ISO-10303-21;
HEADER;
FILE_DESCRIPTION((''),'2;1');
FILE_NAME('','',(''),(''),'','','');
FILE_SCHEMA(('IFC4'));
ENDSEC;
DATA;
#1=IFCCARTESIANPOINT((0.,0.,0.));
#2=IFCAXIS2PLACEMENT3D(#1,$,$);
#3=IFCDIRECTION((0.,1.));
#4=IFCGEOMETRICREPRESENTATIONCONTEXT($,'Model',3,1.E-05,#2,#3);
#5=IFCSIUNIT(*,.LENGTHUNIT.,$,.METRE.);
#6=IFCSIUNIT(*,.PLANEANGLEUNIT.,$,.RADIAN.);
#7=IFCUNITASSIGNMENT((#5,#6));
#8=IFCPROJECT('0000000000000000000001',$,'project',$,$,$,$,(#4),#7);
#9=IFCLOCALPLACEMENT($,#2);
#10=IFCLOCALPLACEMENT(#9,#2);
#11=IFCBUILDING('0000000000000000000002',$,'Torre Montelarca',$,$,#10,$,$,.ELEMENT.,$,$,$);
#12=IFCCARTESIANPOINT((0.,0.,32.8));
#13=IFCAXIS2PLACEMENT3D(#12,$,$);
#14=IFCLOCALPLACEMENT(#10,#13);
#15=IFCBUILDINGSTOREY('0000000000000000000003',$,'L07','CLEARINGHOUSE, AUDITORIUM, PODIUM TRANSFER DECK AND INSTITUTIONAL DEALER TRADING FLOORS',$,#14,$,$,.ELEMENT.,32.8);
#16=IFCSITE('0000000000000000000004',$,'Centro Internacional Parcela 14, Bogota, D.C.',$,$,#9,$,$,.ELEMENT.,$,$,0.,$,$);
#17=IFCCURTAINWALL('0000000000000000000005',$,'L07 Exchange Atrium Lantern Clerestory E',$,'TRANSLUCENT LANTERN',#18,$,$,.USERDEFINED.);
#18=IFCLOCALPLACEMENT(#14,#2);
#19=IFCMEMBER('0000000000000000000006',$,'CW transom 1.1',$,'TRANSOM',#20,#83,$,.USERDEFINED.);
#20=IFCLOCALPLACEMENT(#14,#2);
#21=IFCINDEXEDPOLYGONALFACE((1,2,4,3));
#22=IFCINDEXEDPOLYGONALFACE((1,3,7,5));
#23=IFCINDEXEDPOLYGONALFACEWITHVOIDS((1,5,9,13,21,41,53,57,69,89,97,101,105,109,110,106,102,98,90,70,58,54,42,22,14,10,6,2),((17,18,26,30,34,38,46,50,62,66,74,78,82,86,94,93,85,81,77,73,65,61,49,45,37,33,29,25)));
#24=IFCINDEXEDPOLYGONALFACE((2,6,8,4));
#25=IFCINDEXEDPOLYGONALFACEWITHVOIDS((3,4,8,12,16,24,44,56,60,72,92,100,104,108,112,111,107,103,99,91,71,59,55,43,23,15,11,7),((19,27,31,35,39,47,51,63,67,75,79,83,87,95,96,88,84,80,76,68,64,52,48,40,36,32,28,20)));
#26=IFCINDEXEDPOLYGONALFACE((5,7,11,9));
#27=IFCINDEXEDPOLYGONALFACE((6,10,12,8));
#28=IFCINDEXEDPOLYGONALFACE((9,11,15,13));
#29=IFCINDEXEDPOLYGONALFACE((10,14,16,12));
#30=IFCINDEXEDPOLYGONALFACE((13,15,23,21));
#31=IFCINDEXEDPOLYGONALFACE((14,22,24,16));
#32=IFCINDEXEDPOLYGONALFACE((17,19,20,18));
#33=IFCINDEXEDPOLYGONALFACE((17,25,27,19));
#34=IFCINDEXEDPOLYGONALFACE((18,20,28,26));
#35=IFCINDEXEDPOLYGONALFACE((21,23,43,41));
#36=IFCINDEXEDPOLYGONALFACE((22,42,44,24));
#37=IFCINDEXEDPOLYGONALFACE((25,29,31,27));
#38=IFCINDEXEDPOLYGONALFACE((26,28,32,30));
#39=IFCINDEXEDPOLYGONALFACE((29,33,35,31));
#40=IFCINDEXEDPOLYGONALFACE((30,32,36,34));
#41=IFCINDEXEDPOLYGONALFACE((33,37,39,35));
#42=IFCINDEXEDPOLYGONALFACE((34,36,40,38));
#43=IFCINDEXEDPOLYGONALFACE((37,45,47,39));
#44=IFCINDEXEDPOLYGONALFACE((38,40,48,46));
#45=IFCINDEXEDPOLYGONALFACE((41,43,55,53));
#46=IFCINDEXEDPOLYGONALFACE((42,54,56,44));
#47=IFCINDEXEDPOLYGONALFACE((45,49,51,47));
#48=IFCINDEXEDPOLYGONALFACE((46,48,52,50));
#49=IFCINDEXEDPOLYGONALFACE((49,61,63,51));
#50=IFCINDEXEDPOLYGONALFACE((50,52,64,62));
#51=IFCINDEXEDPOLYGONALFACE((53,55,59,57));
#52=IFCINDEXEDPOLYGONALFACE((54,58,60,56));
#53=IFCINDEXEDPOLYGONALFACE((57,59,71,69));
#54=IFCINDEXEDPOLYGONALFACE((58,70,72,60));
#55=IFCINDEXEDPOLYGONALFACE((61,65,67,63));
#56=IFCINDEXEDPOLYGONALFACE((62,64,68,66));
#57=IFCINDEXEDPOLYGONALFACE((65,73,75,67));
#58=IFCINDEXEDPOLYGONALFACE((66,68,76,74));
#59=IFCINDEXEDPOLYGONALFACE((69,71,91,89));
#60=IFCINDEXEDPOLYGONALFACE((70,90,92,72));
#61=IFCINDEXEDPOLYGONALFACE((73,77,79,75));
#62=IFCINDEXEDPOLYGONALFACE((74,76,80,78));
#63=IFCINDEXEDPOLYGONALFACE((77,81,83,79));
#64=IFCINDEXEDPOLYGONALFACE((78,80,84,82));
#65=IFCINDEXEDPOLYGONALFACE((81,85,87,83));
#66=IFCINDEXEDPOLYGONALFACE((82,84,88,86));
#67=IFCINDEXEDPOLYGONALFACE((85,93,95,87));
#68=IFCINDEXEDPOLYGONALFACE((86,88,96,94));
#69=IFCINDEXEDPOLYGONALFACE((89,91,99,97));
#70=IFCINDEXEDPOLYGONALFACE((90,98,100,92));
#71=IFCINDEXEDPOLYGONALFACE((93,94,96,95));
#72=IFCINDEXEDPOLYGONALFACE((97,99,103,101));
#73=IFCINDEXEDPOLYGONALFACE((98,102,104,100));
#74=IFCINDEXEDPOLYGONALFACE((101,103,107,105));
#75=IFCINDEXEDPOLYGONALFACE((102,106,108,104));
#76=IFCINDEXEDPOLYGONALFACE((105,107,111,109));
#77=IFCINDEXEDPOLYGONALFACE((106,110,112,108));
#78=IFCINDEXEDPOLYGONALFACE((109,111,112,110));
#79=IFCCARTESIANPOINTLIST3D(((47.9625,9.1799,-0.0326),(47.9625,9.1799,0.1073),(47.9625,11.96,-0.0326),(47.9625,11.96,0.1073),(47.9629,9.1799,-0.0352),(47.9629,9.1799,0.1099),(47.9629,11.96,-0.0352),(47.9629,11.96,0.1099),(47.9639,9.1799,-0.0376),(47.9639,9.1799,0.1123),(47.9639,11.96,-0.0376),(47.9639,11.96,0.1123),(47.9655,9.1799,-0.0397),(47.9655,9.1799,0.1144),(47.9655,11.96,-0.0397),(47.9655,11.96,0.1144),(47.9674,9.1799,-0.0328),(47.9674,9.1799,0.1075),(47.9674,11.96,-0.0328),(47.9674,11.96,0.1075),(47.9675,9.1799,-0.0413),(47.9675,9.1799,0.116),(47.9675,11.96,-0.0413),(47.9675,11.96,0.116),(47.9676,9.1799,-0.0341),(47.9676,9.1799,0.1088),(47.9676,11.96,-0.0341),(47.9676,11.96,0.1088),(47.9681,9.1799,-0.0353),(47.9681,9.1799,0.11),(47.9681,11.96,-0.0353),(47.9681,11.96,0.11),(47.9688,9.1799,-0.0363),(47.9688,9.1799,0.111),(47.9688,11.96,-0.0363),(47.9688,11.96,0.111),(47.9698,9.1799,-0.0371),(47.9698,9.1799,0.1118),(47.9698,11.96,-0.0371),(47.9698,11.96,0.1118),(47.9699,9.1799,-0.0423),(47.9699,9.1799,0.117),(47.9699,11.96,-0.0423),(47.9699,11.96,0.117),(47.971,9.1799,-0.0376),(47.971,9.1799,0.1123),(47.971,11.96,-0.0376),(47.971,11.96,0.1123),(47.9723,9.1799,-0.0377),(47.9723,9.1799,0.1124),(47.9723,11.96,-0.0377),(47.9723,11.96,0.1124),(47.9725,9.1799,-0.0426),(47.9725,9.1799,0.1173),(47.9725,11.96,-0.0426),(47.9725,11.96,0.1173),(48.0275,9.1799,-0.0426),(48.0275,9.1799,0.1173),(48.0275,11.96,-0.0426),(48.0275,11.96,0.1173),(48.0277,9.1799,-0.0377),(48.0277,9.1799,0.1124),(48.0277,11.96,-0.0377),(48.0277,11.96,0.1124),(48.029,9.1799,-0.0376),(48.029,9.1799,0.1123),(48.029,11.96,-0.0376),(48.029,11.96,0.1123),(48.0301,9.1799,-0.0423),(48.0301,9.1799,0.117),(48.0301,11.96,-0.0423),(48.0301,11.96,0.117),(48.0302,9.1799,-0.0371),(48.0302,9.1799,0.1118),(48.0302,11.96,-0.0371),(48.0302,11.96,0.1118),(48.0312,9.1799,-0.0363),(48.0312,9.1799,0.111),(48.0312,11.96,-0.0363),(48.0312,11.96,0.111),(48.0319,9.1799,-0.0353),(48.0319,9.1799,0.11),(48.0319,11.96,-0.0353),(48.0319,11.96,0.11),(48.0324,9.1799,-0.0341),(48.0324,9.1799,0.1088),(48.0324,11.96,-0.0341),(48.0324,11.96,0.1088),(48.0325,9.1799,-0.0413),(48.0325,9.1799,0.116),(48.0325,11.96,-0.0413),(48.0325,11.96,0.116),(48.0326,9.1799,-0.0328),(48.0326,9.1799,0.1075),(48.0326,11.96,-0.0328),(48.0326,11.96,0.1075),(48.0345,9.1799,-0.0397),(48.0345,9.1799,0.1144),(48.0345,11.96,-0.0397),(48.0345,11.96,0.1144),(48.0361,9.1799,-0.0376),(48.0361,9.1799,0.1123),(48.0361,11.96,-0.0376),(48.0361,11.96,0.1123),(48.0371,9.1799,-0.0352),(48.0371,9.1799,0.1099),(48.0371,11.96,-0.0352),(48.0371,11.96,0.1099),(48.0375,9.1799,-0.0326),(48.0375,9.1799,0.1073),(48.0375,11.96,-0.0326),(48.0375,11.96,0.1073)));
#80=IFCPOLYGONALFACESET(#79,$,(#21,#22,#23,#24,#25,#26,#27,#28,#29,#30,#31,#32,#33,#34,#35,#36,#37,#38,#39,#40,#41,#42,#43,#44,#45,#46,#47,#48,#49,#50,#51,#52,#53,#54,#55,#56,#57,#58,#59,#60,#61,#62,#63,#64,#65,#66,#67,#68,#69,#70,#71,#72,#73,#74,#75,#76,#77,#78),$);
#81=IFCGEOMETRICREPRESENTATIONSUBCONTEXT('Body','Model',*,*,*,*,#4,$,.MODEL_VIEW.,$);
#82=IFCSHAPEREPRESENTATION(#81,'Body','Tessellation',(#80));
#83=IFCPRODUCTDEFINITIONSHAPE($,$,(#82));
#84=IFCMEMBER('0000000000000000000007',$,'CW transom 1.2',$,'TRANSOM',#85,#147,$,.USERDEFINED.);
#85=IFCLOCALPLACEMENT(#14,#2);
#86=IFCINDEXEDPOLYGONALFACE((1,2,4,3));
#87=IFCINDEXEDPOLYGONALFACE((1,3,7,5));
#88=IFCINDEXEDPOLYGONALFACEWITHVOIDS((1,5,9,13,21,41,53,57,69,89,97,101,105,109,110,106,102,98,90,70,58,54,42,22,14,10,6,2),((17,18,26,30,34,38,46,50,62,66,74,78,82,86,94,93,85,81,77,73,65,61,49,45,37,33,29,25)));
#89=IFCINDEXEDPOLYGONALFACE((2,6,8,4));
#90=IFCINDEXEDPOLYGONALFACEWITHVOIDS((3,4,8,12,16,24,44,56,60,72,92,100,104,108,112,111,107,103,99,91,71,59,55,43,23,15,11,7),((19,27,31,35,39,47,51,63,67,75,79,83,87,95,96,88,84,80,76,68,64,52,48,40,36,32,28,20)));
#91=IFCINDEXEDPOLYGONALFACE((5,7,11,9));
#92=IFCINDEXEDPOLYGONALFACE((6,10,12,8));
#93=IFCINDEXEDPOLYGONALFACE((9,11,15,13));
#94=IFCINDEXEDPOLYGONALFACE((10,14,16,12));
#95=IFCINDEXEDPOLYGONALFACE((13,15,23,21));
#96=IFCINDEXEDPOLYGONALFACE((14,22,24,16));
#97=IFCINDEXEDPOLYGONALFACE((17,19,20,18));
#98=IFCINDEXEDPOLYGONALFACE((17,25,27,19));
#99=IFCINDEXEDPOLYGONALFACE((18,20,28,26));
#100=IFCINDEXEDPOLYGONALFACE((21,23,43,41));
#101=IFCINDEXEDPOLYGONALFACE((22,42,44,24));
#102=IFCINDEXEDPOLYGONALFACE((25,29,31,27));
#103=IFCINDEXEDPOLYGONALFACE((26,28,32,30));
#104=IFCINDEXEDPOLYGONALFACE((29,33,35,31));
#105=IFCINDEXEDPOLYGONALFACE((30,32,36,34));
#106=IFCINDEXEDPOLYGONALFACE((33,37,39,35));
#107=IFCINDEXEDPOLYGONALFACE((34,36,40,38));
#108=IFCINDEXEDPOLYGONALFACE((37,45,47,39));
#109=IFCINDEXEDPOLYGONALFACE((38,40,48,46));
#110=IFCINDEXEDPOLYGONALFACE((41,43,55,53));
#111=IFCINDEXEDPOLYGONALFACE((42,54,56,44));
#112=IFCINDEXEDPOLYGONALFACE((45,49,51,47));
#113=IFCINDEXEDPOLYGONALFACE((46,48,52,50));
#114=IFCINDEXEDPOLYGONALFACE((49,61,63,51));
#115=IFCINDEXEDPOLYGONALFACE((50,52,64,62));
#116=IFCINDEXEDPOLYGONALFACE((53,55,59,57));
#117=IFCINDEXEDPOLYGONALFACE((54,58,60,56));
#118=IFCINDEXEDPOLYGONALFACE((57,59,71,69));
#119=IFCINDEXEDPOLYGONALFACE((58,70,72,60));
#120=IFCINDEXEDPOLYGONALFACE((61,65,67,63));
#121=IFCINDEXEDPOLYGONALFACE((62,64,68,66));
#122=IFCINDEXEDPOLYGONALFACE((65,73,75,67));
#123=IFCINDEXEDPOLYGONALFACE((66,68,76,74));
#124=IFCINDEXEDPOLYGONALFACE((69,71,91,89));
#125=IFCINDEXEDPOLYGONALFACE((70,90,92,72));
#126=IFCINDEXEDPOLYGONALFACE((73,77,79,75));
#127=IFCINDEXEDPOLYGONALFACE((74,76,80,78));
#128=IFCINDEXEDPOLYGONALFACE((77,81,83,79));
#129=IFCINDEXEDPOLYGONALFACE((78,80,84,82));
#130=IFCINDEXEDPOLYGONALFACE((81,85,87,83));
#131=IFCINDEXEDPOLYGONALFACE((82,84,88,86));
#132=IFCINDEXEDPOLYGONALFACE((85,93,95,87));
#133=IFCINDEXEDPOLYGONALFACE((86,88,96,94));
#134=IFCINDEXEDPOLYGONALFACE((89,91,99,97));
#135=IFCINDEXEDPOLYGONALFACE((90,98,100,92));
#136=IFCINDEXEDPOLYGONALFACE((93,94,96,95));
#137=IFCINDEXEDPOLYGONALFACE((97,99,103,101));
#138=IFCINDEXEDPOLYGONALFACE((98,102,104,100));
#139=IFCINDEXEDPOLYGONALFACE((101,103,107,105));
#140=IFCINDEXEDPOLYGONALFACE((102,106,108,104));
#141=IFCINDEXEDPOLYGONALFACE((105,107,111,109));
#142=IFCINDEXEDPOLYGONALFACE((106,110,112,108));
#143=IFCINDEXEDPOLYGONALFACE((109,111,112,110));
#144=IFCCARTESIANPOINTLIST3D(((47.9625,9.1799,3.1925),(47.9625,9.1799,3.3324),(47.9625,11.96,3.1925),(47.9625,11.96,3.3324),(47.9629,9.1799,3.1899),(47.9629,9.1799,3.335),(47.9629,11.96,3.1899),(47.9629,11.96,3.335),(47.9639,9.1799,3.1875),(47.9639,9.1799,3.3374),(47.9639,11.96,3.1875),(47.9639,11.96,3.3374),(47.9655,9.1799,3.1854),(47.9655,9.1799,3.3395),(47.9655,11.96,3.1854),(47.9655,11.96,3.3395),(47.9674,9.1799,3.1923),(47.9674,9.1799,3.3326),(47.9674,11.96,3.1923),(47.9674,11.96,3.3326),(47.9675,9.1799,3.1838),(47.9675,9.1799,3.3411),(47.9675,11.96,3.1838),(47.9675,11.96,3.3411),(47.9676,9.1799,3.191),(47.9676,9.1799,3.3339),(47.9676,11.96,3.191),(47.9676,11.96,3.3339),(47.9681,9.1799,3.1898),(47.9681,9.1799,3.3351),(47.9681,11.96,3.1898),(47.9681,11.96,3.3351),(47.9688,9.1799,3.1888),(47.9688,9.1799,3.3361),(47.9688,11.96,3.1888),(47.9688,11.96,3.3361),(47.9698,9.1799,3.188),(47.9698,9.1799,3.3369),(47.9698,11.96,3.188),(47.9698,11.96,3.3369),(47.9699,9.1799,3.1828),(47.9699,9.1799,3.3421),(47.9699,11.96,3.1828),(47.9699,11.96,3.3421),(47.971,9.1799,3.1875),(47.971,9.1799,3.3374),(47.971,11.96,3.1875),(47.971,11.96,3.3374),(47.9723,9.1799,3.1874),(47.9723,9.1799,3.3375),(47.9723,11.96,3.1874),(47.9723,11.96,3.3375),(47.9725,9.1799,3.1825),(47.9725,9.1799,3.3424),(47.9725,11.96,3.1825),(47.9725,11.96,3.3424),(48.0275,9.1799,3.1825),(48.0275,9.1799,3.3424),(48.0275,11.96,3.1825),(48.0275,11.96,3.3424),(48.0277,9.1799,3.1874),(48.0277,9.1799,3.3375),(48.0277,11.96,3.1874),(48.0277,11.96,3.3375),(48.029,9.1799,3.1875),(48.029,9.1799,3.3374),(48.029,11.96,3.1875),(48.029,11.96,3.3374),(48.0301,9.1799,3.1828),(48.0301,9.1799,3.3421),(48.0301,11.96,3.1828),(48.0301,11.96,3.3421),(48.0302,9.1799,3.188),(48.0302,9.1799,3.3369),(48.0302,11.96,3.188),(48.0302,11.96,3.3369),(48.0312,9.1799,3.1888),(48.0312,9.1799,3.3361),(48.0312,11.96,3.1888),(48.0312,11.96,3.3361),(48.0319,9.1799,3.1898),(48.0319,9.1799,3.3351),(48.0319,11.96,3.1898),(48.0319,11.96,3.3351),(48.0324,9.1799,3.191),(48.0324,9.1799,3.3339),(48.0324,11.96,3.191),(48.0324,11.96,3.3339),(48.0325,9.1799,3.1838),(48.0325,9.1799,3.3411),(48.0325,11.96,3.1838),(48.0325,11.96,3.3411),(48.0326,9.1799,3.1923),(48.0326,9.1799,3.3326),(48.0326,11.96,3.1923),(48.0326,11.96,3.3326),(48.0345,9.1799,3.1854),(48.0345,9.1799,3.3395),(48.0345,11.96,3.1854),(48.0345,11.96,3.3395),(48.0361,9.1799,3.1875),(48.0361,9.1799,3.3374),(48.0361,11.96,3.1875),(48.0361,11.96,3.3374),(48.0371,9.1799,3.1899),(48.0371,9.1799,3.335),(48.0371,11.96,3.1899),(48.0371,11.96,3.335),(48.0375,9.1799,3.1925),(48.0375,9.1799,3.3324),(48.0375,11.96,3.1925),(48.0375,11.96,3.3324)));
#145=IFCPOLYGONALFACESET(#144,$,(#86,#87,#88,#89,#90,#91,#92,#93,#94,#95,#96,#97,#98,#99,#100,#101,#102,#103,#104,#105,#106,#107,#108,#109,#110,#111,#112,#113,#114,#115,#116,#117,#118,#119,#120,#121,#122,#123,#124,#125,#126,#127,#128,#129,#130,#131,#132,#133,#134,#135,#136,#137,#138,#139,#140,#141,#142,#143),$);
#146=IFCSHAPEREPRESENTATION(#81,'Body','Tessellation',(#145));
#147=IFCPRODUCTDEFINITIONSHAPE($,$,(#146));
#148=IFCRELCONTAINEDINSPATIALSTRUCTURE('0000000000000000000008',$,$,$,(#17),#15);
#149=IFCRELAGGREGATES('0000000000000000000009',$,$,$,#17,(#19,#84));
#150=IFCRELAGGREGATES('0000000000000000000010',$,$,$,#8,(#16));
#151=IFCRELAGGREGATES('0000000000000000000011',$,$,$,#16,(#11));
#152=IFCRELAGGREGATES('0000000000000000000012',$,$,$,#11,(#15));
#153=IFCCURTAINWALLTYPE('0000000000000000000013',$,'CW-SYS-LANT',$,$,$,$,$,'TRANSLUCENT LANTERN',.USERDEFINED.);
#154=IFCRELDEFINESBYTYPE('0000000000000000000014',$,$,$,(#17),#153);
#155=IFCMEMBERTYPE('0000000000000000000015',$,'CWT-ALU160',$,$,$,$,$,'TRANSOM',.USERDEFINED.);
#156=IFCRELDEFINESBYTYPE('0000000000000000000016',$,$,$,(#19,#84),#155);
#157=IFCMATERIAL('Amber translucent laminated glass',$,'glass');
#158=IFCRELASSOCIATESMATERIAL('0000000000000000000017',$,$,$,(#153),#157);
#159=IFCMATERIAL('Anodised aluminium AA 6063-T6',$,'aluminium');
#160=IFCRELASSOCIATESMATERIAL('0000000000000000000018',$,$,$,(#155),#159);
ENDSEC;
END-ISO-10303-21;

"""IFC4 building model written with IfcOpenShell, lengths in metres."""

from ifc_helpers import new_model, si_unit, direction, frame, origin, origin_2d, place, context, subcontext, project, spatial, hollow_rectangle, extrude, source, transform, mapped, material, material_profile, profile_set, type_object, element, aggregate, save


model = new_model("IFC4")

# Units and contexts
model_context = context("Model", 3, precision=1e-05, world=origin(), true_north=direction((0.0, 1.0)))
body_context = subcontext(model_context, "Body", "Model", "MODEL_VIEW")
ifc_project = project(units=[si_unit("LENGTHUNIT", "METRE"), si_unit("PLANEANGLEUNIT", "RADIAN")], contexts=[model_context])

# Site, building, storey
site_placement = place(None, origin())
site = spatial("IfcSite", under=ifc_project, at=site_placement, Name="Centro Internacional Parcela 14, Bogota, D.C.", CompositionType="ELEMENT", RefElevation=0.0)
building_placement = place(site_placement, origin())
building = spatial("IfcBuilding", under=site, at=building_placement, Name="Torre Montelarca", CompositionType="ELEMENT")
storey_placement = place(building_placement, frame((0.0, 0.0, 32.8)))
storey = spatial("IfcBuildingStorey", under=building, at=storey_placement, Name="L07", Description="CLEARINGHOUSE, AUDITORIUM, PODIUM TRANSFER DECK AND INSTITUTIONAL DEALER TRADING FLOORS", CompositionType="ELEMENT", Elevation=32.8)

# Shared definitions
ifc_material_1 = material(Name="Anodised aluminium AA 6063-T6", Category="aluminium")

# Curtain wall, members
ifc_material_2 = material(Name="Amber translucent laminated glass", Category="glass")
curtain_wall_type_1 = type_object("IfcCurtainWallType", Name="CW-SYS-LANT", ElementType="TRANSLUCENT LANTERN", PredefinedType="USERDEFINED", material=ifc_material_2)
curtain_wall_1_placement = place(storey_placement, origin())
curtain_wall_1 = element("IfcCurtainWall", 1, at=curtain_wall_1_placement, inside=storey, type_object=curtain_wall_type_1, Name="L07 Exchange Atrium Lantern Clerestory E", ObjectType="TRANSLUCENT LANTERN", PredefinedType="USERDEFINED")
ifc_material_profile_1 = material_profile(ifc_material_1, hollow_rectangle(XDim=0.075, YDim=0.1599, WallThickness=0.0049, InnerFilletRadius=0.0049, OuterFilletRadius=0.01, at=origin_2d()), Name="ALU75X160X5", Category="aluminium")
ifc_profile_set_1 = profile_set([ifc_material_profile_1], Name="Anodised aluminium AA 6063-T6")
member_type_1 = type_object("IfcMemberType", Name="CWT-ALU160", ElementType="TRANSOM", PredefinedType="USERDEFINED", material=ifc_profile_set_1)
shared_shape_1 = source(origin(), body_context, "Body", "SweptSolid", [
    extrude(hollow_rectangle(XDim=0.075, YDim=0.1599, WallThickness=0.0049, InnerFilletRadius=0.0049, OuterFilletRadius=0.01, at=origin_2d()), origin(), (0.0, 0.0, 1.0), 2.78),
])
member_1_placement = place(storey_placement, frame((48.0, 9.1799, 0.0374), z_axis=(0.0, 1.0, 0.0), x_axis=(-1.0, 0.0, 0.0)))
member_1 = element("IfcMember", 2, at=member_1_placement, type_object=member_type_1, Name="CW transom 1.1", ObjectType="TRANSOM", PredefinedType="USERDEFINED", context=body_context, shape_type="MappedRepresentation", body=[
    mapped(shared_shape_1, transform((0.0, 0.0, 0.0), scale=1.0)),
])
member_2_placement = place(storey_placement, frame((48.0, 9.1799, 3.2625), z_axis=(0.0, 1.0, 0.0), x_axis=(-1.0, 0.0, 0.0)))
member_2 = element("IfcMember", 3, at=member_2_placement, type_object=member_type_1, Name="CW transom 1.2", ObjectType="TRANSOM", PredefinedType="USERDEFINED", context=body_context, shape_type="MappedRepresentation", body=[
    mapped(shared_shape_1, transform((0.0, 0.0, 0.0), scale=1.0)),
])

aggregate(curtain_wall_1, [member_1, member_2])

save(model, "model.ifc")
